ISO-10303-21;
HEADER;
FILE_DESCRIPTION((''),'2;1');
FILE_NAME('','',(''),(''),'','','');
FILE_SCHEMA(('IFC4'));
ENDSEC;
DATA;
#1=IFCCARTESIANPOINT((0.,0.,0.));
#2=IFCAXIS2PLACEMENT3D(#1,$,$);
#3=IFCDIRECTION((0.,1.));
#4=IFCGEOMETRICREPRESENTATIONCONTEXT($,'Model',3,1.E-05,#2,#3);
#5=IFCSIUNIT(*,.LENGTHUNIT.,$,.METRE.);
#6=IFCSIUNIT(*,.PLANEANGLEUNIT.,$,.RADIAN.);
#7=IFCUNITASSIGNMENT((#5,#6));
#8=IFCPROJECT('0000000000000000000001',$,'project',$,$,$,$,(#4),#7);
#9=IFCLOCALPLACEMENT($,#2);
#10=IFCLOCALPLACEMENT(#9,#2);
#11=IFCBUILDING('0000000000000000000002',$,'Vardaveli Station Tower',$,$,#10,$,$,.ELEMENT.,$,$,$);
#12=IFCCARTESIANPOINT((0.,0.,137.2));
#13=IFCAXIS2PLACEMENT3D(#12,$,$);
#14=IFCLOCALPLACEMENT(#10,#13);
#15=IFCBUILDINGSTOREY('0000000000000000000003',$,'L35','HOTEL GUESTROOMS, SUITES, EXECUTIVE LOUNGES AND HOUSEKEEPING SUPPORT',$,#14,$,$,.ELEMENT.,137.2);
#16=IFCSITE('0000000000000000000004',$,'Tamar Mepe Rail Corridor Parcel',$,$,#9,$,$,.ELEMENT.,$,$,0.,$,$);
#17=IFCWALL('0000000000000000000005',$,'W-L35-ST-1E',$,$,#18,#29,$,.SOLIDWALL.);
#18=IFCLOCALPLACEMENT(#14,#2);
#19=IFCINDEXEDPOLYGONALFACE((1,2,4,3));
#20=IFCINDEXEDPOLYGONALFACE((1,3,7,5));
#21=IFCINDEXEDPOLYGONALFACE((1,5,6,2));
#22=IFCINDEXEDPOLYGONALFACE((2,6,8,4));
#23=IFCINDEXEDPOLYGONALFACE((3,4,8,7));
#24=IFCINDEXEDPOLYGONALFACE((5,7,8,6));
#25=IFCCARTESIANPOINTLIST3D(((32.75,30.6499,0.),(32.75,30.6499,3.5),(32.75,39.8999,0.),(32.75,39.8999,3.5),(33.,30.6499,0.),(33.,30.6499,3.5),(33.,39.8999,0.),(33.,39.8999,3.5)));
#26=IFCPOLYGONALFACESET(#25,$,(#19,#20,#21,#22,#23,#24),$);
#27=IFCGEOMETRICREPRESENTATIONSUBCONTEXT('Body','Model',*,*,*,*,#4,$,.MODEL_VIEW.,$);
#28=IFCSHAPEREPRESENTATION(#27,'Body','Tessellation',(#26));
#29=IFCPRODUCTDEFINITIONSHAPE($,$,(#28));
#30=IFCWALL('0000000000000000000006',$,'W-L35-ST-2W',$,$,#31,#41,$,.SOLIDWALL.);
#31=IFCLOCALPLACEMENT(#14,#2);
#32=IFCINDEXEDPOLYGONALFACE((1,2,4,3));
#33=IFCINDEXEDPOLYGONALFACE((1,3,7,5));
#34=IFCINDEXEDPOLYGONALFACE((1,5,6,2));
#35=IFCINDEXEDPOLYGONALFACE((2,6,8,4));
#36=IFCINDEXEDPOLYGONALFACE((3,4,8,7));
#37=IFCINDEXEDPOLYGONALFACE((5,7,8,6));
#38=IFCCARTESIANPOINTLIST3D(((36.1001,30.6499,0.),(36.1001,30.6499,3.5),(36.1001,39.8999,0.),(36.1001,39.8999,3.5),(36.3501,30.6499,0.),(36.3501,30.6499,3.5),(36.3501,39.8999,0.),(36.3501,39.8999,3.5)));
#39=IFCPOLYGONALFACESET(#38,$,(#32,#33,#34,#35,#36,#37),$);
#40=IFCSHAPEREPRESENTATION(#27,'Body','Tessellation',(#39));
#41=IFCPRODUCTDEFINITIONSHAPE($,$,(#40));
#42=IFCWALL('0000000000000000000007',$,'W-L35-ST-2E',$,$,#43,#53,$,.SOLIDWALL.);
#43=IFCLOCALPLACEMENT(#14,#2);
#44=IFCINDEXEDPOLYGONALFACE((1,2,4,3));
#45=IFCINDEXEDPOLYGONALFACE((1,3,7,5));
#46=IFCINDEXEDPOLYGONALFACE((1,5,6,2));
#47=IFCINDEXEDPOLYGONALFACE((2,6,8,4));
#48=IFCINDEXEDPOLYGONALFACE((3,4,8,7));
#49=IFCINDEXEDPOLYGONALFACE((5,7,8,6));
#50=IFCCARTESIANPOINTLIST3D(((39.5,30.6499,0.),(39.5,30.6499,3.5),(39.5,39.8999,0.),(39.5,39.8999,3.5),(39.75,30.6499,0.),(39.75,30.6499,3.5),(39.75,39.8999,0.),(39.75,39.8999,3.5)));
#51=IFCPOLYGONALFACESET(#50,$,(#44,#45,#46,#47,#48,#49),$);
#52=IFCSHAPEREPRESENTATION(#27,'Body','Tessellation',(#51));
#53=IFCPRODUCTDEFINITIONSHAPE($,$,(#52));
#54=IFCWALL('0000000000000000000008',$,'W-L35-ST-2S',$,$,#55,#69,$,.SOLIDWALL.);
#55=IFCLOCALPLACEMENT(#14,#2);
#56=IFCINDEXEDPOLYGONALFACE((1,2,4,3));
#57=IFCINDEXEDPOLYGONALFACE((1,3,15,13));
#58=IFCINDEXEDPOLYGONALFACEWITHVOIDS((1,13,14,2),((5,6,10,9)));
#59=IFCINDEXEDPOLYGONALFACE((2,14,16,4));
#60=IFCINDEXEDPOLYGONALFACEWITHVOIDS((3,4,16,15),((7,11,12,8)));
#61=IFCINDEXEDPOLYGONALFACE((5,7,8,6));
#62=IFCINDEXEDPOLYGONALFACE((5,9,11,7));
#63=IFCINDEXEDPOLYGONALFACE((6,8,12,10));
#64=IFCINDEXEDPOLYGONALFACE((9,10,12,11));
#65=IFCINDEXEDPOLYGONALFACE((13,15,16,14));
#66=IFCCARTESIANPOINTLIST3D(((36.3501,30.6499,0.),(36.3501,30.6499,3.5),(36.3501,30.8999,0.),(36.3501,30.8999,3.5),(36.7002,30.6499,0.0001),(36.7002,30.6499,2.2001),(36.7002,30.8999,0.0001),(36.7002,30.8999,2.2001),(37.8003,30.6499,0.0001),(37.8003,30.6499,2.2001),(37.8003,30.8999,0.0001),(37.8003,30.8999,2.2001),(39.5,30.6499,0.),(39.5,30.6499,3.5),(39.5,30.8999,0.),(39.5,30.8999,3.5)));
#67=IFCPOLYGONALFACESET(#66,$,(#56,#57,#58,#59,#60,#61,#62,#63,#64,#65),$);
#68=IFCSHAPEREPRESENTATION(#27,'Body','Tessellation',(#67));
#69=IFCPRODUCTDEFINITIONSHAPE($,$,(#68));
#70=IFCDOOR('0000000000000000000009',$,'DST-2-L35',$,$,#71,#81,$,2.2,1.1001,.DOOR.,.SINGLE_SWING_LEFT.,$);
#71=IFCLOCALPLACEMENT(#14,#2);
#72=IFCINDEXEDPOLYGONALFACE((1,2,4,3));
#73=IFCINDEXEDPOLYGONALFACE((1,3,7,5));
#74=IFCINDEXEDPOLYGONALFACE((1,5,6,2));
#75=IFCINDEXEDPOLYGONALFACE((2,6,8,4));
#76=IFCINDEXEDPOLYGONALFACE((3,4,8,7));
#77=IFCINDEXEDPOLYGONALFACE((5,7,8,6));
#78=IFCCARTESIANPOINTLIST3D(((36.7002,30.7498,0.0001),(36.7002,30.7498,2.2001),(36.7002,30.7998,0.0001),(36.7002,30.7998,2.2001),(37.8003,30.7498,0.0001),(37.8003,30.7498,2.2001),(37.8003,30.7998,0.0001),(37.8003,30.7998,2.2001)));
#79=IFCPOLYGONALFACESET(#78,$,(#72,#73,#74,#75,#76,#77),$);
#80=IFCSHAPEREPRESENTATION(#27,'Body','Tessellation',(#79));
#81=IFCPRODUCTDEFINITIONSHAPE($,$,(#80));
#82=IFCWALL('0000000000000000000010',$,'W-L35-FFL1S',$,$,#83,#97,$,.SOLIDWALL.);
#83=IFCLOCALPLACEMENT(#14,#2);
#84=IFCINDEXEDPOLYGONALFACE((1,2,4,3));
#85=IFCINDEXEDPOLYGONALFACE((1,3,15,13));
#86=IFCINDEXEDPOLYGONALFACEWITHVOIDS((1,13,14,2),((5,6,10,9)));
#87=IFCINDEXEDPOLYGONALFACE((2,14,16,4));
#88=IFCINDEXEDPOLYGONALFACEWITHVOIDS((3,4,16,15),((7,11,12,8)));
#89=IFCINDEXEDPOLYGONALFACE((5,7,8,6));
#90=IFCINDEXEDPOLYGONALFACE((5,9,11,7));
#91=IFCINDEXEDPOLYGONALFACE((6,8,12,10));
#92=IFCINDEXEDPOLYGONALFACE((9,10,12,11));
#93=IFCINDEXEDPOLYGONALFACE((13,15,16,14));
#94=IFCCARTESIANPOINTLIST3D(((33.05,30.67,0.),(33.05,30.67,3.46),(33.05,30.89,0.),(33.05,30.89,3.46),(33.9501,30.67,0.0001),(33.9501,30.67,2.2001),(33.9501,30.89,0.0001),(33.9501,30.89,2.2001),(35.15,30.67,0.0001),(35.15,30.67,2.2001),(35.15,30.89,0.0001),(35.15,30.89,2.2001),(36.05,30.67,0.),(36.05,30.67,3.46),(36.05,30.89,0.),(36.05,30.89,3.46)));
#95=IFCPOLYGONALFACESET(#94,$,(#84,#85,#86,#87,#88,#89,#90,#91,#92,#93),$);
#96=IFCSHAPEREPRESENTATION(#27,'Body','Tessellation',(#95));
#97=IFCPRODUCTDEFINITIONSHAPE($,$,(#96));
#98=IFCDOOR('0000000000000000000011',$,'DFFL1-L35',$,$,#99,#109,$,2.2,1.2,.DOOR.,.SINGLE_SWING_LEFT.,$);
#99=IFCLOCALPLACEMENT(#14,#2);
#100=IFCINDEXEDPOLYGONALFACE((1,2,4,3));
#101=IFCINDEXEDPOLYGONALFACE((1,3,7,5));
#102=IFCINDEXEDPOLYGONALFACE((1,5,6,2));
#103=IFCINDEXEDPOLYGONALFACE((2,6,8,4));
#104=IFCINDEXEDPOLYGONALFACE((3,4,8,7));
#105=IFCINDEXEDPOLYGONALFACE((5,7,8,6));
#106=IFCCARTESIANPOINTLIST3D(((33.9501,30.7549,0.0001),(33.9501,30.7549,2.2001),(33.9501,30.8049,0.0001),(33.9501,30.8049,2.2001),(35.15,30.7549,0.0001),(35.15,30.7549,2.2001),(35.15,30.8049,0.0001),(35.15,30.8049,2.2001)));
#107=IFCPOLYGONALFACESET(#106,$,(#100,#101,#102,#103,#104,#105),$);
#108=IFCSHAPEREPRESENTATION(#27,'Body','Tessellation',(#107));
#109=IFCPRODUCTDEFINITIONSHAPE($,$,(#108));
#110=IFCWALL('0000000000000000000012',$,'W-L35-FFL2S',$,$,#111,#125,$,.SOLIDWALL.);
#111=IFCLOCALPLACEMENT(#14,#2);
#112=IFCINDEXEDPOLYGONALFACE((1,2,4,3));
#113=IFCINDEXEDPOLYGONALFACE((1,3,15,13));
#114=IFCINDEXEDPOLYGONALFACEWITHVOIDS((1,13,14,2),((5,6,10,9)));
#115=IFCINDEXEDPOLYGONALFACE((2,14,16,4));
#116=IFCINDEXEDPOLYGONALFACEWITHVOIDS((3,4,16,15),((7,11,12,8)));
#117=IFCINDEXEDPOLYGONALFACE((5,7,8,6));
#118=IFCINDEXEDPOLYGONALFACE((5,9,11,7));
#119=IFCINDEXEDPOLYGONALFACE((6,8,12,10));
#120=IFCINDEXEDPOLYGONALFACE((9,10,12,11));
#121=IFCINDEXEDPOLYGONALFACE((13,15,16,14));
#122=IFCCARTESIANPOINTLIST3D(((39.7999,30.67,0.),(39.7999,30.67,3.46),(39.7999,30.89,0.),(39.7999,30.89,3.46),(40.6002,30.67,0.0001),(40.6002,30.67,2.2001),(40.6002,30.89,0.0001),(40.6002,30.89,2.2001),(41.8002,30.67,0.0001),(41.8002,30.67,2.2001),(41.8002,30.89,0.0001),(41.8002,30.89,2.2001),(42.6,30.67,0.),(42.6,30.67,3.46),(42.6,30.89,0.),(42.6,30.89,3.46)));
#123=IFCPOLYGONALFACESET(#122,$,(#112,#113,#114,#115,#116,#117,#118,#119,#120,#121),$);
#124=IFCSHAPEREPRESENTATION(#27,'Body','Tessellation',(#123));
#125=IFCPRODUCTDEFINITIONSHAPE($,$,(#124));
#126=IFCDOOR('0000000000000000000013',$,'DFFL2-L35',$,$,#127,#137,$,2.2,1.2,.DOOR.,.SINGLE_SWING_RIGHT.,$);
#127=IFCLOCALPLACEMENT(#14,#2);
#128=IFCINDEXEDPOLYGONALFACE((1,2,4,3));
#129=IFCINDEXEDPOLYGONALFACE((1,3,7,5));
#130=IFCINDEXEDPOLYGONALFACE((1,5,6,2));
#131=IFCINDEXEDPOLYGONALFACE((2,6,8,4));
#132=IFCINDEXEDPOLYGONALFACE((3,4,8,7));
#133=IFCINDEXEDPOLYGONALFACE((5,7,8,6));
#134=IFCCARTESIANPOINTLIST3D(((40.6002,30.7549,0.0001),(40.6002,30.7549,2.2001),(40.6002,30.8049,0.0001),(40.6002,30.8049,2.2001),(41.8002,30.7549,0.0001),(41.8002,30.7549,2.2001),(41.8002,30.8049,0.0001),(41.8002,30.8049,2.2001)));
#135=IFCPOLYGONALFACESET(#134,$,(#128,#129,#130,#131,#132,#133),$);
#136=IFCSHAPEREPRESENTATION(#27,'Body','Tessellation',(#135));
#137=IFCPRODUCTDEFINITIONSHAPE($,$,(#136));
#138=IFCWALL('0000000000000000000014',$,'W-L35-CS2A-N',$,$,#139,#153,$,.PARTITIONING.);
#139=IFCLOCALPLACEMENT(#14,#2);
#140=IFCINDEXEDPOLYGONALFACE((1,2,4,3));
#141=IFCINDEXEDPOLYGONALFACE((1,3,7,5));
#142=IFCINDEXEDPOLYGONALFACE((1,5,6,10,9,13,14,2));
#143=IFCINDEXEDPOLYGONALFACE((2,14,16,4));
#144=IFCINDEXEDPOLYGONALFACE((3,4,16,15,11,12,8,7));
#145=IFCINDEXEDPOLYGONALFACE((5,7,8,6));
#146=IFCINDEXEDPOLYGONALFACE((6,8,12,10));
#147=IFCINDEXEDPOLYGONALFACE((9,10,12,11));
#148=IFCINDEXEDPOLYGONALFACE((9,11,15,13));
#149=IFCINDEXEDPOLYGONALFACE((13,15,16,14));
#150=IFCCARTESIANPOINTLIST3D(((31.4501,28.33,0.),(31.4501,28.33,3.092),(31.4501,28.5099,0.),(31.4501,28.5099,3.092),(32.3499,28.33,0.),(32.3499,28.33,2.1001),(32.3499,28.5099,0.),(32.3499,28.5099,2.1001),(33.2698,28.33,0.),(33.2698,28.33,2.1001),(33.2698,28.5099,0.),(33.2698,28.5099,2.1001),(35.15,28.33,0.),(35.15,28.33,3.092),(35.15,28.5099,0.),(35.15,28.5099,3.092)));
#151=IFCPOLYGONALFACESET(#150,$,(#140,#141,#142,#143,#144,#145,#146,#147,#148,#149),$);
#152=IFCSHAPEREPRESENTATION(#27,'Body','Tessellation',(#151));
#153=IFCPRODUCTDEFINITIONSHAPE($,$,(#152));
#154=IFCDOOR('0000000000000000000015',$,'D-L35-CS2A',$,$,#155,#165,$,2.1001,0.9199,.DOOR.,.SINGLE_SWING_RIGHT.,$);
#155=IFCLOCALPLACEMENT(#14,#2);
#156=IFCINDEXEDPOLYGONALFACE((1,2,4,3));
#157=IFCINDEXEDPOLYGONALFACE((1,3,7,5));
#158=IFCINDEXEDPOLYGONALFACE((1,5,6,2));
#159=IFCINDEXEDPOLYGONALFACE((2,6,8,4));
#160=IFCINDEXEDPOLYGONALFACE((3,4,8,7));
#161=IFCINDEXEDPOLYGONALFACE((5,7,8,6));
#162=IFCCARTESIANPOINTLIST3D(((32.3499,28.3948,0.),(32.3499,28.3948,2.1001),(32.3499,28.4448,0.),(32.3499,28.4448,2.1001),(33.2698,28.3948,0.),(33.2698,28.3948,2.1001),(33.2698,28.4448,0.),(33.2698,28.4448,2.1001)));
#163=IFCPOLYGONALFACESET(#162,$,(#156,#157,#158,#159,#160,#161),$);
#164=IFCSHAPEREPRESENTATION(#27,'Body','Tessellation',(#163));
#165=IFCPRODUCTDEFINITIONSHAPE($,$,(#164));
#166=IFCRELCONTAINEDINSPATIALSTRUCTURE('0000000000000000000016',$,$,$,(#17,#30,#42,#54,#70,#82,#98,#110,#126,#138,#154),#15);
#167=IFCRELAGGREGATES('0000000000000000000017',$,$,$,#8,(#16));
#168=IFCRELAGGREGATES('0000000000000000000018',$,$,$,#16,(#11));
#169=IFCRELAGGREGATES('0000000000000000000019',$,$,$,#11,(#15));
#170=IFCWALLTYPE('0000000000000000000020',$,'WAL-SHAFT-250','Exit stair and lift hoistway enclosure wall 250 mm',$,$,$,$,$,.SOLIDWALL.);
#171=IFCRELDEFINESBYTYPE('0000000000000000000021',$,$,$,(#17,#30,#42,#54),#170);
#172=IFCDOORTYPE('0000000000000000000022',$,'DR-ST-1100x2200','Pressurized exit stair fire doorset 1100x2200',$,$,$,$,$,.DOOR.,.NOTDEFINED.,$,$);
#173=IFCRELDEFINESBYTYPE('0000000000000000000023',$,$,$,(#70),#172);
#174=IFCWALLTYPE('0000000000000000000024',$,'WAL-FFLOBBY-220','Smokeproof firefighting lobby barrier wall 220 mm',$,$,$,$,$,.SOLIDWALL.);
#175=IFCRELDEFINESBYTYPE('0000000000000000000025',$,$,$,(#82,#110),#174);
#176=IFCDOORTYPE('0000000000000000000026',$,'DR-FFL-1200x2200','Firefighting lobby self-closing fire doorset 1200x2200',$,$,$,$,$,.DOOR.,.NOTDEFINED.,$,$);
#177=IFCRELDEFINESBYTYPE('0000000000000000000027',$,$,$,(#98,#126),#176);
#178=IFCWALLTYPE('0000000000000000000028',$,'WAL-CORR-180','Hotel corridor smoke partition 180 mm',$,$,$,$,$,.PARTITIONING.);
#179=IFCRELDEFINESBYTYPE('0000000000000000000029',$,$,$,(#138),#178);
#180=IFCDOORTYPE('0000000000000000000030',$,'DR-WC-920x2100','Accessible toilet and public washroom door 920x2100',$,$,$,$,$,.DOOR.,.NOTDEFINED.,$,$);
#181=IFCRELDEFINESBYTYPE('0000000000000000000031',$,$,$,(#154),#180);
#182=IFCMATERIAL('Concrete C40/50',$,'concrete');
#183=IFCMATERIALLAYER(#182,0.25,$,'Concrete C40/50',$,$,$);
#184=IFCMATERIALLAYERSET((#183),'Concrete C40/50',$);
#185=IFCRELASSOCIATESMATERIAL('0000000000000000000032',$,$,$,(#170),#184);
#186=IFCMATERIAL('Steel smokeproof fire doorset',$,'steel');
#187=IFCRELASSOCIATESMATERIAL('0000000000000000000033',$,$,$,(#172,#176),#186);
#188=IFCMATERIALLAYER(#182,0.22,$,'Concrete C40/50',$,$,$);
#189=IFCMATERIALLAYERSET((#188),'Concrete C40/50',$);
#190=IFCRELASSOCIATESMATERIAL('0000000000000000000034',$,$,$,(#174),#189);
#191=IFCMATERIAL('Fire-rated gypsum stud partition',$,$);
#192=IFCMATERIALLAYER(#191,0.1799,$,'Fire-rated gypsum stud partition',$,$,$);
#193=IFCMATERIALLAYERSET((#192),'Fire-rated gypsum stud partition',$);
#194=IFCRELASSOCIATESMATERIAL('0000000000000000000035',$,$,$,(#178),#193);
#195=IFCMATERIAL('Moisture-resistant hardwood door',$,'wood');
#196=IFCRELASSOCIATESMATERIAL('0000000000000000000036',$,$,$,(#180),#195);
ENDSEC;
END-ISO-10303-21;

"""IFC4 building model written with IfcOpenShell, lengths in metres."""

from ifc_helpers import new_model, si_unit, direction, frame, frame_2d, origin, place, context, subcontext, project, spatial, rectangle, extrude, source, transform, mapped, material, layer, layer_set, type_object, element, fill, save


model = new_model("IFC4")

# Units and contexts
model_context = context("Model", 3, precision=1e-05, world=origin(), true_north=direction((0.0, 1.0)))
body_context = subcontext(model_context, "Body", "Model", "MODEL_VIEW")
ifc_project = project(units=[si_unit("LENGTHUNIT", "METRE"), si_unit("PLANEANGLEUNIT", "RADIAN")], contexts=[model_context])

# Site, building, storey
site_placement = place(None, origin())
site = spatial("IfcSite", under=ifc_project, at=site_placement, Name="Tamar Mepe Rail Corridor Parcel", CompositionType="ELEMENT", RefElevation=0.0)
building_placement = place(site_placement, origin())
building = spatial("IfcBuilding", under=site, at=building_placement, Name="Vardaveli Station Tower", CompositionType="ELEMENT")
storey_placement = place(building_placement, frame((0.0, 0.0, 137.2)))
storey = spatial("IfcBuildingStorey", under=building, at=storey_placement, Name="L35", Description="HOTEL GUESTROOMS, SUITES, EXECUTIVE LOUNGES AND HOUSEKEEPING SUPPORT", CompositionType="ELEMENT", Elevation=137.2)

# Walls
ifc_material_1 = material(Name="Concrete C40/50", Category="concrete")
ifc_layer_1 = layer(ifc_material_1, 0.25, Name="Concrete C40/50")
ifc_layer_set_1 = layer_set([ifc_layer_1], Name="Concrete C40/50")
wall_type_1 = type_object("IfcWallType", Name="WAL-SHAFT-250", Description="Exit stair and lift hoistway enclosure wall 250 mm", PredefinedType="SOLIDWALL", material=ifc_layer_set_1)
shared_shape_1 = source(origin(), body_context, "Body", "SweptSolid", [
    extrude(rectangle(XDim=9.25, YDim=0.25, at=frame_2d((4.625, 0.0))), origin(), (0.0, 0.0, 1.0), 3.5),
])
for number, where, z_axis, x_axis, name in (
    (1, (32.875, 30.6499, 0.0), (0.0, 0.0, 1.0), (0.0, 1.0, 0.0), "W-L35-ST-1E"),
    (2, (36.2251, 30.6499, 0.0), (0.0, 0.0, 1.0), (0.0, 1.0, 0.0), "W-L35-ST-2W"),
    (3, (39.625, 30.6499, 0.0), (0.0, 0.0, 1.0), (0.0, 1.0, 0.0), "W-L35-ST-2E"),
):
    element("IfcWall", number, at=place(storey_placement, frame(where, z_axis=z_axis, x_axis=x_axis)), inside=storey, type_object=wall_type_1, Name=name, PredefinedType="SOLIDWALL", context=body_context, shape_type="MappedRepresentation", body=[
        mapped(shared_shape_1, transform((0.0, 0.0, 0.0), scale=1.0)),
    ])

# Walls, openings, doors
shared_shape_2 = source(origin(), body_context, "Body", "SweptSolid", [
    extrude(rectangle(XDim=3.1499, YDim=0.25, at=frame_2d((1.575, 0.0))), origin(), (0.0, 0.0, 1.0), 3.5),
])
wall_1_placement = place(storey_placement, frame((36.3501, 30.7749, 0.0), z_axis=(0.0, 0.0, 1.0), x_axis=(1.0, 0.0, 0.0)))
wall_1 = element("IfcWall", 4, at=wall_1_placement, inside=storey, type_object=wall_type_1, Name="W-L35-ST-2S", PredefinedType="SOLIDWALL", context=body_context, shape_type="MappedRepresentation", body=[
    mapped(shared_shape_2, transform((0.0, 0.0, 0.0), scale=1.0)),
])
shared_shape_3 = source(origin(), body_context, "Body", "SweptSolid", [
    extrude(rectangle(XDim=1.1001, YDim=2.2, at=frame_2d((0.55, 1.1001))), frame((0.0, 0.135, 0.0), z_axis=(0.0, -1.0, 0.0), x_axis=(1.0, 0.0, 0.0)), (0.0, 0.0, 1.0), 0.27),
])
opening_1_placement = place(wall_1_placement, frame((0.3501, 0.0, 0.0)))
opening_1 = element("IfcOpeningElement", 5, at=opening_1_placement, cuts=wall_1, PredefinedType="OPENING", context=body_context, shape_type="MappedRepresentation", body=[
    mapped(shared_shape_3, transform((0.0, 0.0, 0.0), scale=1.0)),
])
ifc_material_2 = material(Name="Steel smokeproof fire doorset", Category="steel")
door_type_1 = type_object("IfcDoorType", Name="DR-ST-1100x2200", Description="Pressurized exit stair fire doorset 1100x2200", OperationType="NOTDEFINED", PredefinedType="DOOR", material=ifc_material_2)
shared_shape_4 = source(origin(), body_context, "Body", "SweptSolid", [
    extrude(rectangle(XDim=1.1001, YDim=2.2, at=frame_2d((0.55, 1.1001))), frame((0.0, 0.0249, 0.0), z_axis=(0.0, -1.0, 0.0), x_axis=(1.0, 0.0, 0.0)), (0.0, 0.0, 1.0), 0.05),
])
door_1_placement = place(opening_1_placement, origin())
door_1 = element("IfcDoor", 6, at=door_1_placement, inside=storey, type_object=door_type_1, Name="DST-2-L35", OperationType="SINGLE_SWING_LEFT", OverallHeight=2.2, OverallWidth=1.1001, PredefinedType="DOOR", context=body_context, shape_type="MappedRepresentation", body=[
    mapped(shared_shape_4, transform((0.0, 0.0, 0.0), scale=1.0)),
])
fill(opening_1, door_1)
ifc_layer_2 = layer(ifc_material_1, 0.22, Name="Concrete C40/50")
ifc_layer_set_2 = layer_set([ifc_layer_2], Name="Concrete C40/50")
wall_type_2 = type_object("IfcWallType", Name="WAL-FFLOBBY-220", Description="Smokeproof firefighting lobby barrier wall 220 mm", PredefinedType="SOLIDWALL", material=ifc_layer_set_2)
shared_shape_5 = source(origin(), body_context, "Body", "SweptSolid", [
    extrude(rectangle(XDim=3.0, YDim=0.22, at=frame_2d((1.5, 0.0))), origin(), (0.0, 0.0, 1.0), 3.46),
])
wall_2_placement = place(storey_placement, frame((33.05, 30.78, 0.0), z_axis=(0.0, 0.0, 1.0), x_axis=(1.0, 0.0, 0.0)))
wall_2 = element("IfcWall", 7, at=wall_2_placement, inside=storey, type_object=wall_type_2, Name="W-L35-FFL1S", PredefinedType="SOLIDWALL", context=body_context, shape_type="MappedRepresentation", body=[
    mapped(shared_shape_5, transform((0.0, 0.0, 0.0), scale=1.0)),
])
shared_shape_6 = source(origin(), body_context, "Body", "SweptSolid", [
    extrude(rectangle(XDim=1.2, YDim=2.2, at=frame_2d((0.6001, 1.1001))), frame((0.0, 0.1201, 0.0), z_axis=(0.0, -1.0, 0.0), x_axis=(1.0, 0.0, 0.0)), (0.0, 0.0, 1.0), 0.24),
])
opening_2_placement = place(wall_2_placement, frame((0.8999, 0.0, 0.0)))
opening_2 = element("IfcOpeningElement", 8, at=opening_2_placement, cuts=wall_2, PredefinedType="OPENING", context=body_context, shape_type="MappedRepresentation", body=[
    mapped(shared_shape_6, transform((0.0, 0.0, 0.0), scale=1.0)),
])
door_type_2 = type_object("IfcDoorType", Name="DR-FFL-1200x2200", Description="Firefighting lobby self-closing fire doorset 1200x2200", OperationType="NOTDEFINED", PredefinedType="DOOR", material=ifc_material_2)
shared_shape_7 = source(origin(), body_context, "Body", "SweptSolid", [
    extrude(rectangle(XDim=1.2, YDim=2.2, at=frame_2d((0.6001, 1.1001))), frame((0.0, 0.0249, 0.0), z_axis=(0.0, -1.0, 0.0), x_axis=(1.0, 0.0, 0.0)), (0.0, 0.0, 1.0), 0.05),
])
door_2_placement = place(opening_2_placement, origin())
door_2 = element("IfcDoor", 9, at=door_2_placement, inside=storey, type_object=door_type_2, Name="DFFL1-L35", OperationType="SINGLE_SWING_LEFT", OverallHeight=2.2, OverallWidth=1.2, PredefinedType="DOOR", context=body_context, shape_type="MappedRepresentation", body=[
    mapped(shared_shape_7, transform((0.0, 0.0, 0.0), scale=1.0)),
])
fill(opening_2, door_2)
shared_shape_8 = source(origin(), body_context, "Body", "SweptSolid", [
    extrude(rectangle(XDim=2.8, YDim=0.22, at=frame_2d((1.3999, 0.0))), origin(), (0.0, 0.0, 1.0), 3.46),
])
wall_3_placement = place(storey_placement, frame((39.8, 30.78, 0.0), z_axis=(0.0, 0.0, 1.0), x_axis=(1.0, 0.0, 0.0)))
wall_3 = element("IfcWall", 10, at=wall_3_placement, inside=storey, type_object=wall_type_2, Name="W-L35-FFL2S", PredefinedType="SOLIDWALL", context=body_context, shape_type="MappedRepresentation", body=[
    mapped(shared_shape_8, transform((0.0, 0.0, 0.0), scale=1.0)),
])
opening_3_placement = place(wall_3_placement, frame((0.8, 0.0, 0.0)))
opening_3 = element("IfcOpeningElement", 11, at=opening_3_placement, cuts=wall_3, PredefinedType="OPENING", context=body_context, shape_type="MappedRepresentation", body=[
    mapped(shared_shape_6, transform((0.0, 0.0, 0.0), scale=1.0)),
])
door_3_placement = place(opening_3_placement, origin())
door_3 = element("IfcDoor", 12, at=door_3_placement, inside=storey, type_object=door_type_2, Name="DFFL2-L35", OperationType="SINGLE_SWING_RIGHT", OverallHeight=2.2, OverallWidth=1.2, PredefinedType="DOOR", context=body_context, shape_type="MappedRepresentation", body=[
    mapped(shared_shape_7, transform((0.0, 0.0, 0.0), scale=1.0)),
])
fill(opening_3, door_3)
ifc_material_3 = material(Name="Fire-rated gypsum stud partition")
ifc_layer_3 = layer(ifc_material_3, 0.1799, Name="Fire-rated gypsum stud partition")
ifc_layer_set_3 = layer_set([ifc_layer_3], Name="Fire-rated gypsum stud partition")
wall_type_3 = type_object("IfcWallType", Name="WAL-CORR-180", Description="Hotel corridor smoke partition 180 mm", PredefinedType="PARTITIONING", material=ifc_layer_set_3)
shared_shape_9 = source(origin(), body_context, "Body", "SweptSolid", [
    extrude(rectangle(XDim=3.7, YDim=0.1799, at=frame_2d((1.8501, 0.0))), origin(), (0.0, 0.0, 1.0), 3.092),
])
wall_4_placement = place(storey_placement, frame((31.45, 28.4199, 0.0), z_axis=(0.0, 0.0, 1.0), x_axis=(1.0, 0.0, 0.0)))
wall_4 = element("IfcWall", 13, at=wall_4_placement, inside=storey, type_object=wall_type_3, Name="W-L35-CS2A-N", PredefinedType="PARTITIONING", context=body_context, shape_type="MappedRepresentation", body=[
    mapped(shared_shape_9, transform((0.0, 0.0, 0.0), scale=1.0)),
])
shared_shape_10 = source(origin(), body_context, "Body", "SweptSolid", [
    extrude(rectangle(XDim=0.9199, YDim=2.1001, at=frame_2d((0.46, 1.05))), frame((0.0, 0.1001, 0.0), z_axis=(0.0, -1.0, 0.0), x_axis=(1.0, 0.0, 0.0)), (0.0, 0.0, 1.0), 0.2),
])
opening_4_placement = place(wall_4_placement, frame((0.8999, 0.0, 0.0)))
opening_4 = element("IfcOpeningElement", 14, at=opening_4_placement, cuts=wall_4, PredefinedType="OPENING", context=body_context, shape_type="MappedRepresentation", body=[
    mapped(shared_shape_10, transform((0.0, 0.0, 0.0), scale=1.0)),
])
ifc_material_4 = material(Name="Moisture-resistant hardwood door", Category="wood")
door_type_3 = type_object("IfcDoorType", Name="DR-WC-920x2100", Description="Accessible toilet and public washroom door 920x2100", OperationType="NOTDEFINED", PredefinedType="DOOR", material=ifc_material_4)
shared_shape_11 = source(origin(), body_context, "Body", "SweptSolid", [
    extrude(rectangle(XDim=0.9199, YDim=2.1001, at=frame_2d((0.46, 1.05))), frame((0.0, 0.0249, 0.0), z_axis=(0.0, -1.0, 0.0), x_axis=(1.0, 0.0, 0.0)), (0.0, 0.0, 1.0), 0.05),
])
door_4_placement = place(opening_4_placement, origin())
door_4 = element("IfcDoor", 15, at=door_4_placement, inside=storey, type_object=door_type_3, Name="D-L35-CS2A", OperationType="SINGLE_SWING_RIGHT", OverallHeight=2.1001, OverallWidth=0.9199, PredefinedType="DOOR", context=body_context, shape_type="MappedRepresentation", body=[
    mapped(shared_shape_11, transform((0.0, 0.0, 0.0), scale=1.0)),
])
fill(opening_4, door_4)

save(model, "model.ifc")
